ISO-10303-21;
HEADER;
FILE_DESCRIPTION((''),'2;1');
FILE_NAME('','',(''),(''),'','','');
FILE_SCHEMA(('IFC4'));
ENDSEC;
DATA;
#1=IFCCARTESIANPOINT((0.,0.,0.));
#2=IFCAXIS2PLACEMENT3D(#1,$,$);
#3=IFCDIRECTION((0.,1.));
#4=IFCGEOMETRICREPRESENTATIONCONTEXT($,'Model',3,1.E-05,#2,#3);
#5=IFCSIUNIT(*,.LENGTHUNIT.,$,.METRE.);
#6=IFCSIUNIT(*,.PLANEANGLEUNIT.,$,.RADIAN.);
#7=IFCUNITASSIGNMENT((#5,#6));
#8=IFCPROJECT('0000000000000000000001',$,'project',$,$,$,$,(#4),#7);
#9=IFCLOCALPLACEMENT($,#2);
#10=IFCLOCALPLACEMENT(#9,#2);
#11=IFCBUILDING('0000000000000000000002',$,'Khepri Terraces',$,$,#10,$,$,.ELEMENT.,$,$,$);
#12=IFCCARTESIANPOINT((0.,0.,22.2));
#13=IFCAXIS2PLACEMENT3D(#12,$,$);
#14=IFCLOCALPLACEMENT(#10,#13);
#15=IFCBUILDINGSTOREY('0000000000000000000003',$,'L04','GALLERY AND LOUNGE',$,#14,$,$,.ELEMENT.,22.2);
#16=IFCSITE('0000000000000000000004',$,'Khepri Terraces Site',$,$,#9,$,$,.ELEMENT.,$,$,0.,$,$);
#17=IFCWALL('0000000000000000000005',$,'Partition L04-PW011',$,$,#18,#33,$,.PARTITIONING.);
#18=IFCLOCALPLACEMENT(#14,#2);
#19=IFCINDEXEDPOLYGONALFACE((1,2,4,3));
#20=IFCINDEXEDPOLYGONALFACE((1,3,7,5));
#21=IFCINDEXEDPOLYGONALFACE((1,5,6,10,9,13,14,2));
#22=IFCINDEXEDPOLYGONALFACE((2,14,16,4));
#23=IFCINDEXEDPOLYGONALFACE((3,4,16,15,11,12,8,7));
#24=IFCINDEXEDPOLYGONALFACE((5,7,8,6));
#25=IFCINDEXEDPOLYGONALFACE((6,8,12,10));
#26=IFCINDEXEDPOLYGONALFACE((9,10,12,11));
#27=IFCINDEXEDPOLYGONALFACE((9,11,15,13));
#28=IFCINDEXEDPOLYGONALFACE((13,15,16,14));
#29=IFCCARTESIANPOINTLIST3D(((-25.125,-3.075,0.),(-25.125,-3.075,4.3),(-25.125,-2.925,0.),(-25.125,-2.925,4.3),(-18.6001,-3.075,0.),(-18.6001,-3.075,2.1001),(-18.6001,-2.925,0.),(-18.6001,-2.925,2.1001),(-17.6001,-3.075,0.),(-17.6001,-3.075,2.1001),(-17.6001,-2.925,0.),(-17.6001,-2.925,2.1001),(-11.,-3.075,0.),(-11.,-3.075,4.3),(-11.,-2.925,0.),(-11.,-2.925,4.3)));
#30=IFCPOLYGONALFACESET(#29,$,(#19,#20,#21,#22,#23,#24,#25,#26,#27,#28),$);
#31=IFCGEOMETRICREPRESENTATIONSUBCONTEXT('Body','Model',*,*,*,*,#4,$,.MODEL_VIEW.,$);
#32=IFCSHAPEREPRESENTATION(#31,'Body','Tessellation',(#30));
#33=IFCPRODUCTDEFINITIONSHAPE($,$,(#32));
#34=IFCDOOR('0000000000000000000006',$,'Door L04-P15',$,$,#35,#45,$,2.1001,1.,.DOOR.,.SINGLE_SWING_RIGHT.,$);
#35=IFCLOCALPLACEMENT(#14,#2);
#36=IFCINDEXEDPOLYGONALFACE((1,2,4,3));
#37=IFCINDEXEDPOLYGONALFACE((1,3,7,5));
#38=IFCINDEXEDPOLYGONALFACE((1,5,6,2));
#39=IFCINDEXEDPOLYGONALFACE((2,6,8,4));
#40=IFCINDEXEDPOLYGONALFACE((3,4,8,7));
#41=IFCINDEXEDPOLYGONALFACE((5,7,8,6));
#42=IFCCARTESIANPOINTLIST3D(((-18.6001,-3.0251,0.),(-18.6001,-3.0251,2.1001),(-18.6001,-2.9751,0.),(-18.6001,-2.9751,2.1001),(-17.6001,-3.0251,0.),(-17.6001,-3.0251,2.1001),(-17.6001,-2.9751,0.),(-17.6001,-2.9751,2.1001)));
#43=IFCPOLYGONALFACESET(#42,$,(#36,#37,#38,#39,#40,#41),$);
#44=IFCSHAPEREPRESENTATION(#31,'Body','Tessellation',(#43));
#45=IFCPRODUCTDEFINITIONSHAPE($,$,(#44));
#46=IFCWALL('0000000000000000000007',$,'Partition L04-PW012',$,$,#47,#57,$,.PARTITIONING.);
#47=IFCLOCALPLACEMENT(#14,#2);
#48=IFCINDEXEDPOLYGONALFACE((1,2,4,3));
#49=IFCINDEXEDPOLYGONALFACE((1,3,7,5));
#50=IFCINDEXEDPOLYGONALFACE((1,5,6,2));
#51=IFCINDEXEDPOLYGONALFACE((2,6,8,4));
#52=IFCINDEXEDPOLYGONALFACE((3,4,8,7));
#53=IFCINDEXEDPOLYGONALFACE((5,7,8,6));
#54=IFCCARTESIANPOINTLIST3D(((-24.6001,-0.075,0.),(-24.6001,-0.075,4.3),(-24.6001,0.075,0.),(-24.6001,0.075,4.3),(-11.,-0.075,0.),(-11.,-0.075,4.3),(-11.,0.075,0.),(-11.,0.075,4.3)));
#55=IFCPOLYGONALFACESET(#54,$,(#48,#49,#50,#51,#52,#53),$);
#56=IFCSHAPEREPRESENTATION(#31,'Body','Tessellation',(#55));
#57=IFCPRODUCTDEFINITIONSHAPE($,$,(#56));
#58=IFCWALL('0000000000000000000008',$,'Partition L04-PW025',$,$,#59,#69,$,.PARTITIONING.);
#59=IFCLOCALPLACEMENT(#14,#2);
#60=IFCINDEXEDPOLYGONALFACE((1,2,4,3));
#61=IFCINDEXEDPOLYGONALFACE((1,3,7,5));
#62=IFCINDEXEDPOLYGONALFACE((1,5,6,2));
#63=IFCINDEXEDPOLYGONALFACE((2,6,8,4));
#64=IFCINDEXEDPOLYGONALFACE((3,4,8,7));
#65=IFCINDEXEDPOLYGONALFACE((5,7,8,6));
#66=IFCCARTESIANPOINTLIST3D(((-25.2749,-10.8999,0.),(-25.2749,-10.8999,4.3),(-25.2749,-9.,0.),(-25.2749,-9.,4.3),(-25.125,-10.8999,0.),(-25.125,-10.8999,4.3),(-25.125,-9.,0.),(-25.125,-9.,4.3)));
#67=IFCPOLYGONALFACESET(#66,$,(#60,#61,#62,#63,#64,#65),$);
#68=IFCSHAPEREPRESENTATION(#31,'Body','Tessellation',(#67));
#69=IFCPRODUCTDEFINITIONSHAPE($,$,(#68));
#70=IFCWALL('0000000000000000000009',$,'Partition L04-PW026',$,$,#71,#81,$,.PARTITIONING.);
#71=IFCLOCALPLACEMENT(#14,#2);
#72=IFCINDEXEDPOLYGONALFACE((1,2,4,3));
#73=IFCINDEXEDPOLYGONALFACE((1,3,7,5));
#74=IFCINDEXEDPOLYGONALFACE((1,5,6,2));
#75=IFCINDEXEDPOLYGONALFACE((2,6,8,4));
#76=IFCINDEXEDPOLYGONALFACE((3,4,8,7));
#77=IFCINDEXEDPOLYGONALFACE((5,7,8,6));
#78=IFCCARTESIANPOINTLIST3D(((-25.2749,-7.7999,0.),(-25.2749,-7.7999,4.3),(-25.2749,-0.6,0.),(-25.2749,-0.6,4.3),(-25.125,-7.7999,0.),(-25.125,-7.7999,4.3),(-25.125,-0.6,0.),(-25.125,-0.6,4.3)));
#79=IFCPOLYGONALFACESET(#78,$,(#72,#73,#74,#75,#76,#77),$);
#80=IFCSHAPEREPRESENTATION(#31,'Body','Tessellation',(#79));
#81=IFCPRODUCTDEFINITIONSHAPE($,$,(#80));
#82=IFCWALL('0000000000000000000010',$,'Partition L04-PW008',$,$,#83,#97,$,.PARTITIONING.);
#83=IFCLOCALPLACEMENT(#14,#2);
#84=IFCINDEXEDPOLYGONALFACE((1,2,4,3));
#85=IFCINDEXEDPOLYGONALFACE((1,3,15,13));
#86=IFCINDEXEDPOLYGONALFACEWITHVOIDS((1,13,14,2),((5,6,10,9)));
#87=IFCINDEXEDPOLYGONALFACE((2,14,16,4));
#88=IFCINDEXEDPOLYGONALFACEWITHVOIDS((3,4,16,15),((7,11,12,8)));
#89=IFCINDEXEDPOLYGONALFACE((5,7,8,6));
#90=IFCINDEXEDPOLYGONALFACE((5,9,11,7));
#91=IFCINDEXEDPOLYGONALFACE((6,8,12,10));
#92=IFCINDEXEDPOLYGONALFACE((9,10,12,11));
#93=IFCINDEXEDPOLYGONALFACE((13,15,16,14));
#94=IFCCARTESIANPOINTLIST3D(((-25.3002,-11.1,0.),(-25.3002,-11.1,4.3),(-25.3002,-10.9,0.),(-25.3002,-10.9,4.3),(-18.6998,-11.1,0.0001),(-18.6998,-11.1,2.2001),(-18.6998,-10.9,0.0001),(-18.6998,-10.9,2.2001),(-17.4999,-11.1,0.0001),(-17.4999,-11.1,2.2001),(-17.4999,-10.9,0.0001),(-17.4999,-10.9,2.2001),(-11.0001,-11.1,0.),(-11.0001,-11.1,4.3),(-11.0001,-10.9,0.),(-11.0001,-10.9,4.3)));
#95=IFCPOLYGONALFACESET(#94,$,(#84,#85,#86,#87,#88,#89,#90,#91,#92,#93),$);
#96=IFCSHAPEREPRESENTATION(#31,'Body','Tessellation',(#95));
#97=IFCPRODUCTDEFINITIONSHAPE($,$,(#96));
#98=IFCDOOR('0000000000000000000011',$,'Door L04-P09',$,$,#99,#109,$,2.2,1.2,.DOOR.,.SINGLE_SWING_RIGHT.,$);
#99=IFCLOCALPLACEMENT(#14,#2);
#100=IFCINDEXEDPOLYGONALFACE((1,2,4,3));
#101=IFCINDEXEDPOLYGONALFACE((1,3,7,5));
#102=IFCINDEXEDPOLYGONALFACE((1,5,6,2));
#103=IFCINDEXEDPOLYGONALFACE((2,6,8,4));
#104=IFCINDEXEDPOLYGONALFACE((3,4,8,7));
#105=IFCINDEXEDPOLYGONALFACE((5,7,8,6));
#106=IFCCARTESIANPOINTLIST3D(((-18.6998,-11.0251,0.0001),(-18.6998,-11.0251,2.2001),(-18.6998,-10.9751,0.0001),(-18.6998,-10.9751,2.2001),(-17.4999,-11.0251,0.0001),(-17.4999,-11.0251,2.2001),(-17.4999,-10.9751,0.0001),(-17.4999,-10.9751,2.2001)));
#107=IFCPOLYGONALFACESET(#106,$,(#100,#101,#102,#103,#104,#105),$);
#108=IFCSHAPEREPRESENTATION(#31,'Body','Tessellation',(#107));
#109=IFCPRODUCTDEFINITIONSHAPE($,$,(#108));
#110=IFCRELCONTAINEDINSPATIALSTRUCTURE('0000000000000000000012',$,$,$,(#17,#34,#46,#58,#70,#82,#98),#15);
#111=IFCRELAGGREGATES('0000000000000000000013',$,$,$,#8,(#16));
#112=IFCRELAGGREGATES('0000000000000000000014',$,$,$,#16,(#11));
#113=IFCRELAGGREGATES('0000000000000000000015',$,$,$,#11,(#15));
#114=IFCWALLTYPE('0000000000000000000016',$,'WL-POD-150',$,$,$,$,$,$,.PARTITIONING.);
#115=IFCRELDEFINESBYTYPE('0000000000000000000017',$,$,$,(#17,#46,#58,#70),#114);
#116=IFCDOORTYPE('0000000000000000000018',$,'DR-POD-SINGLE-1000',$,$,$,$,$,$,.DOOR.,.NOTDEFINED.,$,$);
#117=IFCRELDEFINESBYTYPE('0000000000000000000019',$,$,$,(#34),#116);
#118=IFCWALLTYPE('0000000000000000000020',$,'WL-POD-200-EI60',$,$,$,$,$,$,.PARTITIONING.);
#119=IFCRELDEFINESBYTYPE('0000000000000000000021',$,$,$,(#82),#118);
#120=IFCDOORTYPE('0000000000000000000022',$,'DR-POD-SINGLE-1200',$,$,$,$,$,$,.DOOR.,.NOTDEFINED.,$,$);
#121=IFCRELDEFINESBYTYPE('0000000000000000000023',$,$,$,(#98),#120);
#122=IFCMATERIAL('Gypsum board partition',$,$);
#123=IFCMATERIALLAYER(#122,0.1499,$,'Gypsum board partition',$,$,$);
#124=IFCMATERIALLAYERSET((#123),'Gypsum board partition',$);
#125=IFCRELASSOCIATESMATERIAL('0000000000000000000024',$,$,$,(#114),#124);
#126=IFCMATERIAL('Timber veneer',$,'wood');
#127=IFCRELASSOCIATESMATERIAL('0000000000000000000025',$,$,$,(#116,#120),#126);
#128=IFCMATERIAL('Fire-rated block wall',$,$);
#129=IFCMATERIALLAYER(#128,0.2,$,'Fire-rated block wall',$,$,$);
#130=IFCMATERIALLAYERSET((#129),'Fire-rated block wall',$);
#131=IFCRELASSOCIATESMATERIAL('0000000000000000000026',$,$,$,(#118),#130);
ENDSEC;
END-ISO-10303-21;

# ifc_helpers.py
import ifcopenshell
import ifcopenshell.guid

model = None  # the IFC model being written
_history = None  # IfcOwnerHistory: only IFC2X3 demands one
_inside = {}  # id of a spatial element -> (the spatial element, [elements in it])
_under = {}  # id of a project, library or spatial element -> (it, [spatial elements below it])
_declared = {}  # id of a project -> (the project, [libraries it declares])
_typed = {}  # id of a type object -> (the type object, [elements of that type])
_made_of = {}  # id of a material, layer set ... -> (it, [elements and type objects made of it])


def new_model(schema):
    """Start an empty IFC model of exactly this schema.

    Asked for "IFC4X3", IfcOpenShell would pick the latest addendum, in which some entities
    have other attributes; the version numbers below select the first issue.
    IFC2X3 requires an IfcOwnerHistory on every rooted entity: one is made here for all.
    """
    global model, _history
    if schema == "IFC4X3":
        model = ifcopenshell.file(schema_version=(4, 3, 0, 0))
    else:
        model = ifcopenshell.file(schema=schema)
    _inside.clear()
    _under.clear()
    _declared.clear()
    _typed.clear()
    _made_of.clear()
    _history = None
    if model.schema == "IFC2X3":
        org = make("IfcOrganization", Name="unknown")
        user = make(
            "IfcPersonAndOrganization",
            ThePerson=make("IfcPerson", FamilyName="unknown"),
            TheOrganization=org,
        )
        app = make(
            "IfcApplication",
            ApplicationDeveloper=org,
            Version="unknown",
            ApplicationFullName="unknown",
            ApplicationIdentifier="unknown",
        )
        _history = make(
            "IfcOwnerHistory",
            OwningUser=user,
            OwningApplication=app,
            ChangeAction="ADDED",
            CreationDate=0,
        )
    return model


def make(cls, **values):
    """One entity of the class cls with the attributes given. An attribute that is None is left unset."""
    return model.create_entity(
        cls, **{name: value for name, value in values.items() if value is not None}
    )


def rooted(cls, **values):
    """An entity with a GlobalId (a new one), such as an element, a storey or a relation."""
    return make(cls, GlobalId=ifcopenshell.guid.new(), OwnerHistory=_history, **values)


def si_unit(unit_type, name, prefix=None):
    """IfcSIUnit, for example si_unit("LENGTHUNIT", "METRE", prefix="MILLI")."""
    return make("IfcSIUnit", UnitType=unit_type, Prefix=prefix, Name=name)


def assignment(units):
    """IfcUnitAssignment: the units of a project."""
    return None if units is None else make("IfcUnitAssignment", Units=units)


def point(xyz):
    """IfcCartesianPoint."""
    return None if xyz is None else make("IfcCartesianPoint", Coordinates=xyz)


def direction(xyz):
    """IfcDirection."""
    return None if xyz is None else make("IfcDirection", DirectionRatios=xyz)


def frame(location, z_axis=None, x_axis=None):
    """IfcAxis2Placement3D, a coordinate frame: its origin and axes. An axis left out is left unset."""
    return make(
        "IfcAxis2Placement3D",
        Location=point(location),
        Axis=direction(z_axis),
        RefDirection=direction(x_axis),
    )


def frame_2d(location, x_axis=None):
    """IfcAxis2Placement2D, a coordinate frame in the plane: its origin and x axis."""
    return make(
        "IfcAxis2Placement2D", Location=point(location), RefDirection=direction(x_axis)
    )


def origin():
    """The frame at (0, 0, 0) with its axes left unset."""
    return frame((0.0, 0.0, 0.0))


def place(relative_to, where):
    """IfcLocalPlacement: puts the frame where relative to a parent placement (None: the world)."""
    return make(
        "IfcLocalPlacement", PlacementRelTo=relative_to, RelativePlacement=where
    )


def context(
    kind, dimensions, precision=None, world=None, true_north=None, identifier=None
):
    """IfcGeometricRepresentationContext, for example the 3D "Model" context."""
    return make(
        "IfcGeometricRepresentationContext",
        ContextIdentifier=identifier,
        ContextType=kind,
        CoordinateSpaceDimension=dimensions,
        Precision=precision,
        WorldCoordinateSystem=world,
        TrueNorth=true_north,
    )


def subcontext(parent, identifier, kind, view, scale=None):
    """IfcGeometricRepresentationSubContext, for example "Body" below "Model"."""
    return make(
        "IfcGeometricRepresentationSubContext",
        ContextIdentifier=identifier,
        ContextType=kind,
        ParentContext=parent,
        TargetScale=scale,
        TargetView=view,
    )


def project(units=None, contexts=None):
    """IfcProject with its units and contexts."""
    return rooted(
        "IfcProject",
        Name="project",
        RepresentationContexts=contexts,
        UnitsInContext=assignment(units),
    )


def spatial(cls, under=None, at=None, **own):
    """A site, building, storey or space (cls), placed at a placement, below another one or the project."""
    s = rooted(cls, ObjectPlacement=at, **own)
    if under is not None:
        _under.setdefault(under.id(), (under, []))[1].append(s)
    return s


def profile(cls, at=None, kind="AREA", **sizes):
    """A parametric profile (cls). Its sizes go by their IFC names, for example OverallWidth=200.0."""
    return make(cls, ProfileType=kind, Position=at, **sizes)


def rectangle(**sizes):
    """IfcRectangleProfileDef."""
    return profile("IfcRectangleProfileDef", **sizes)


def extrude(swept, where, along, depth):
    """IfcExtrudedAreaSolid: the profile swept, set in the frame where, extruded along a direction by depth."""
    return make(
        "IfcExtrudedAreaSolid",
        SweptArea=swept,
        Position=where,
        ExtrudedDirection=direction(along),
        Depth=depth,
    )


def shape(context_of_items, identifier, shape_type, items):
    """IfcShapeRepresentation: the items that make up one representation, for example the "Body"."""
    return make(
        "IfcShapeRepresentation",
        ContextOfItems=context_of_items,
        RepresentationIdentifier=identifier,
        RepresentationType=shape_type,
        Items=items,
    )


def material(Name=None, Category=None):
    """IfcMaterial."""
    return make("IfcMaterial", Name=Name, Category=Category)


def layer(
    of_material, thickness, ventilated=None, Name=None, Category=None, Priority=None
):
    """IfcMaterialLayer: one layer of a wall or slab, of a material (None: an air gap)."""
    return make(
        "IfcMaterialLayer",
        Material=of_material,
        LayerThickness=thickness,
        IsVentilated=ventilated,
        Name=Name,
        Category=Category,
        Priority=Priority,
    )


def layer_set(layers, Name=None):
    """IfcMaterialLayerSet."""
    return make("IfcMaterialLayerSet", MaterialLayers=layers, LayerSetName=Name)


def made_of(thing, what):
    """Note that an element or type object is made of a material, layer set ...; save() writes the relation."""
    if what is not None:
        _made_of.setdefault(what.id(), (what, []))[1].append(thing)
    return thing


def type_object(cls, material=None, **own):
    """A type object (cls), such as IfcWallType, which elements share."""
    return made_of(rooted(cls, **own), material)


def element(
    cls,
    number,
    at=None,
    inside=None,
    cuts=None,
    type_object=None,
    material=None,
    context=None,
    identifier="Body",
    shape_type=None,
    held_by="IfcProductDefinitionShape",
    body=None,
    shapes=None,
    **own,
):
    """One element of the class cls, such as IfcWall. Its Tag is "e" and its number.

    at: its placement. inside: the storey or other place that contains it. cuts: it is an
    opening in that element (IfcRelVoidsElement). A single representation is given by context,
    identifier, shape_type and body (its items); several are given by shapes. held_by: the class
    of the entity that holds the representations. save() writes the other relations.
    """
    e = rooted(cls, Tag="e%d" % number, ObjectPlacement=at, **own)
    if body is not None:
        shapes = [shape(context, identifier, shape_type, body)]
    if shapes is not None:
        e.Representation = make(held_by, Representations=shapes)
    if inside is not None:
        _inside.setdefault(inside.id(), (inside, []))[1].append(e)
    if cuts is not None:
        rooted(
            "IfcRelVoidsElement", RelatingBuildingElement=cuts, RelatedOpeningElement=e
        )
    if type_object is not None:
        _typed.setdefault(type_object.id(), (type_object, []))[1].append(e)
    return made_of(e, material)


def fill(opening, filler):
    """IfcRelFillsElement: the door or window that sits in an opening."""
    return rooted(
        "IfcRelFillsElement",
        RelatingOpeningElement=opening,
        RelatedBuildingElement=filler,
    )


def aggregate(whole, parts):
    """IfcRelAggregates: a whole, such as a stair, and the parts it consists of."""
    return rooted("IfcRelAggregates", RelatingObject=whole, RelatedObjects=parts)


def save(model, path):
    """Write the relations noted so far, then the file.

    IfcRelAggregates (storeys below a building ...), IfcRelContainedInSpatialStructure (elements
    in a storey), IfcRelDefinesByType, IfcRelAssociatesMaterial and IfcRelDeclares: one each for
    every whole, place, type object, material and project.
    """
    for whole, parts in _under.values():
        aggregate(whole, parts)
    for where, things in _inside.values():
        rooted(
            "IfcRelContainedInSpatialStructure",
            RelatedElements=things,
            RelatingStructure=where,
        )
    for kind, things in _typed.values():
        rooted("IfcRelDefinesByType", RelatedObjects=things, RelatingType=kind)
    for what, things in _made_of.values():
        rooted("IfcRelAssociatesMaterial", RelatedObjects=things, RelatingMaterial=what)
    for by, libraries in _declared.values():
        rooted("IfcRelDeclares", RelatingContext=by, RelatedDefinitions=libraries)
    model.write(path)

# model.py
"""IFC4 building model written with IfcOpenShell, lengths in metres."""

from ifc_helpers import new_model, si_unit, direction, frame, frame_2d, origin, place, context, subcontext, project, spatial, rectangle, extrude, material, layer, layer_set, type_object, element, fill, save


model = new_model("IFC4")

# Units and contexts
model_context = context("Model", 3, precision=1e-05, world=origin(), true_north=direction((0.0, 1.0)))
body_context = subcontext(model_context, "Body", "Model", "MODEL_VIEW")
ifc_project = project(units=[si_unit("LENGTHUNIT", "METRE"), si_unit("PLANEANGLEUNIT", "RADIAN")], contexts=[model_context])

# Site, building, storey
site_placement = place(None, origin())
site = spatial("IfcSite", under=ifc_project, at=site_placement, Name="Khepri Terraces Site", CompositionType="ELEMENT", RefElevation=0.0)
building_placement = place(site_placement, origin())
building = spatial("IfcBuilding", under=site, at=building_placement, Name="Khepri Terraces", CompositionType="ELEMENT")
storey_placement = place(building_placement, frame((0.0, 0.0, 22.2)))
storey = spatial("IfcBuildingStorey", under=building, at=storey_placement, Name="L04", Description="GALLERY AND LOUNGE", CompositionType="ELEMENT", Elevation=22.2)

# Wall, opening, door
ifc_material_1 = material(Name="Gypsum board partition")
ifc_layer_1 = layer(ifc_material_1, 0.1499, Name="Gypsum board partition")
ifc_layer_set_1 = layer_set([ifc_layer_1], Name="Gypsum board partition")
wall_type_1 = type_object("IfcWallType", Name="WL-POD-150", PredefinedType="PARTITIONING", material=ifc_layer_set_1)
wall_1_placement = place(storey_placement, frame((-25.125, -3.0, 0.0), z_axis=(0.0, 0.0, 1.0), x_axis=(1.0, 0.0, 0.0)))
wall_1 = element("IfcWall", 1, at=wall_1_placement, inside=storey, type_object=wall_type_1, Name="Partition L04-PW011", PredefinedType="PARTITIONING", context=body_context, shape_type="SweptSolid", body=[
    extrude(rectangle(XDim=14.125, YDim=0.1499, at=frame_2d((7.0625, 0.0))), origin(), (0.0, 0.0, 1.0), 4.3),
])
opening_1_placement = place(wall_1_placement, frame((6.5249, 0.0, 0.0)))
opening_1 = element("IfcOpeningElement", 2, at=opening_1_placement, cuts=wall_1, PredefinedType="OPENING", context=body_context, shape_type="SweptSolid", body=[
    extrude(rectangle(XDim=1.0, YDim=2.1001, at=frame_2d((0.5, 1.05))), frame((0.0, 0.085, 0.0), z_axis=(0.0, -1.0, 0.0), x_axis=(1.0, 0.0, 0.0)), (0.0, 0.0, 1.0), 0.1699),
])
ifc_material_2 = material(Name="Timber veneer", Category="wood")
door_type_1 = type_object("IfcDoorType", Name="DR-POD-SINGLE-1000", OperationType="NOTDEFINED", PredefinedType="DOOR", material=ifc_material_2)
door_1_placement = place(opening_1_placement, origin())
door_1 = element("IfcDoor", 3, at=door_1_placement, inside=storey, type_object=door_type_1, Name="Door L04-P15", OperationType="SINGLE_SWING_RIGHT", OverallHeight=2.1001, OverallWidth=1.0, PredefinedType="DOOR", context=body_context, shape_type="SweptSolid", body=[
    extrude(rectangle(XDim=1.0, YDim=2.1001, at=frame_2d((0.5, 1.05))), frame((0.0, 0.0249, 0.0), z_axis=(0.0, -1.0, 0.0), x_axis=(1.0, 0.0, 0.0)), (0.0, 0.0, 1.0), 0.05),
])
fill(opening_1, door_1)

# Walls
wall_2_placement = place(storey_placement, frame((-24.6001, 0.0, 0.0), z_axis=(0.0, 0.0, 1.0), x_axis=(1.0, 0.0, 0.0)))
element("IfcWall", 4, at=wall_2_placement, inside=storey, type_object=wall_type_1, Name="Partition L04-PW012", PredefinedType="PARTITIONING", context=body_context, shape_type="SweptSolid", body=[
    extrude(rectangle(XDim=13.6001, YDim=0.1499, at=frame_2d((6.8, 0.0))), origin(), (0.0, 0.0, 1.0), 4.3),
])
wall_3_placement = place(storey_placement, frame((-25.2, -10.8999, 0.0), z_axis=(0.0, 0.0, 1.0), x_axis=(0.0, 1.0, 0.0)))
element("IfcWall", 5, at=wall_3_placement, inside=storey, type_object=wall_type_1, Name="Partition L04-PW025", PredefinedType="PARTITIONING", context=body_context, shape_type="SweptSolid", body=[
    extrude(rectangle(XDim=1.8999, YDim=0.1499, at=frame_2d((0.95, 0.0))), origin(), (0.0, 0.0, 1.0), 4.3),
])
wall_4_placement = place(storey_placement, frame((-25.2, -7.8, 0.0), z_axis=(0.0, 0.0, 1.0), x_axis=(0.0, 1.0, 0.0)))
element("IfcWall", 6, at=wall_4_placement, inside=storey, type_object=wall_type_1, Name="Partition L04-PW026", PredefinedType="PARTITIONING", context=body_context, shape_type="SweptSolid", body=[
    extrude(rectangle(XDim=7.2, YDim=0.1499, at=frame_2d((3.6001, 0.0))), origin(), (0.0, 0.0, 1.0), 4.3),
])

# Wall, opening, door
ifc_material_3 = material(Name="Fire-rated block wall")
ifc_layer_2 = layer(ifc_material_3, 0.2, Name="Fire-rated block wall")
ifc_layer_set_2 = layer_set([ifc_layer_2], Name="Fire-rated block wall")
wall_type_2 = type_object("IfcWallType", Name="WL-POD-200-EI60", PredefinedType="PARTITIONING", material=ifc_layer_set_2)
wall_5_placement = place(storey_placement, frame((-25.3, -11.0, 0.0), z_axis=(0.0, 0.0, 1.0), x_axis=(1.0, 0.0, 0.0)))
wall_5 = element("IfcWall", 7, at=wall_5_placement, inside=storey, type_object=wall_type_2, Name="Partition L04-PW008", PredefinedType="PARTITIONING", context=body_context, shape_type="SweptSolid", body=[
    extrude(rectangle(XDim=14.3, YDim=0.2, at=frame_2d((7.1499, 0.0))), origin(), (0.0, 0.0, 1.0), 4.3),
])
opening_2_placement = place(wall_5_placement, frame((6.6001, 0.0, 0.0)))
opening_2 = element("IfcOpeningElement", 8, at=opening_2_placement, cuts=wall_5, PredefinedType="OPENING", context=body_context, shape_type="SweptSolid", body=[
    extrude(rectangle(XDim=1.2, YDim=2.2, at=frame_2d((0.6001, 1.1001))), frame((0.0, 0.1099, 0.0), z_axis=(0.0, -1.0, 0.0), x_axis=(1.0, 0.0, 0.0)), (0.0, 0.0, 1.0), 0.22),
])
door_type_2 = type_object("IfcDoorType", Name="DR-POD-SINGLE-1200", OperationType="NOTDEFINED", PredefinedType="DOOR", material=ifc_material_2)
door_2_placement = place(opening_2_placement, origin())
door_2 = element("IfcDoor", 9, at=door_2_placement, inside=storey, type_object=door_type_2, Name="Door L04-P09", OperationType="SINGLE_SWING_RIGHT", OverallHeight=2.2, OverallWidth=1.2, PredefinedType="DOOR", context=body_context, shape_type="SweptSolid", body=[
    extrude(rectangle(XDim=1.2, YDim=2.2, at=frame_2d((0.6001, 1.1001))), frame((0.0, 0.0249, 0.0), z_axis=(0.0, -1.0, 0.0), x_axis=(1.0, 0.0, 0.0)), (0.0, 0.0, 1.0), 0.05),
])
fill(opening_2, door_2)

save(model, "model.ifc")
